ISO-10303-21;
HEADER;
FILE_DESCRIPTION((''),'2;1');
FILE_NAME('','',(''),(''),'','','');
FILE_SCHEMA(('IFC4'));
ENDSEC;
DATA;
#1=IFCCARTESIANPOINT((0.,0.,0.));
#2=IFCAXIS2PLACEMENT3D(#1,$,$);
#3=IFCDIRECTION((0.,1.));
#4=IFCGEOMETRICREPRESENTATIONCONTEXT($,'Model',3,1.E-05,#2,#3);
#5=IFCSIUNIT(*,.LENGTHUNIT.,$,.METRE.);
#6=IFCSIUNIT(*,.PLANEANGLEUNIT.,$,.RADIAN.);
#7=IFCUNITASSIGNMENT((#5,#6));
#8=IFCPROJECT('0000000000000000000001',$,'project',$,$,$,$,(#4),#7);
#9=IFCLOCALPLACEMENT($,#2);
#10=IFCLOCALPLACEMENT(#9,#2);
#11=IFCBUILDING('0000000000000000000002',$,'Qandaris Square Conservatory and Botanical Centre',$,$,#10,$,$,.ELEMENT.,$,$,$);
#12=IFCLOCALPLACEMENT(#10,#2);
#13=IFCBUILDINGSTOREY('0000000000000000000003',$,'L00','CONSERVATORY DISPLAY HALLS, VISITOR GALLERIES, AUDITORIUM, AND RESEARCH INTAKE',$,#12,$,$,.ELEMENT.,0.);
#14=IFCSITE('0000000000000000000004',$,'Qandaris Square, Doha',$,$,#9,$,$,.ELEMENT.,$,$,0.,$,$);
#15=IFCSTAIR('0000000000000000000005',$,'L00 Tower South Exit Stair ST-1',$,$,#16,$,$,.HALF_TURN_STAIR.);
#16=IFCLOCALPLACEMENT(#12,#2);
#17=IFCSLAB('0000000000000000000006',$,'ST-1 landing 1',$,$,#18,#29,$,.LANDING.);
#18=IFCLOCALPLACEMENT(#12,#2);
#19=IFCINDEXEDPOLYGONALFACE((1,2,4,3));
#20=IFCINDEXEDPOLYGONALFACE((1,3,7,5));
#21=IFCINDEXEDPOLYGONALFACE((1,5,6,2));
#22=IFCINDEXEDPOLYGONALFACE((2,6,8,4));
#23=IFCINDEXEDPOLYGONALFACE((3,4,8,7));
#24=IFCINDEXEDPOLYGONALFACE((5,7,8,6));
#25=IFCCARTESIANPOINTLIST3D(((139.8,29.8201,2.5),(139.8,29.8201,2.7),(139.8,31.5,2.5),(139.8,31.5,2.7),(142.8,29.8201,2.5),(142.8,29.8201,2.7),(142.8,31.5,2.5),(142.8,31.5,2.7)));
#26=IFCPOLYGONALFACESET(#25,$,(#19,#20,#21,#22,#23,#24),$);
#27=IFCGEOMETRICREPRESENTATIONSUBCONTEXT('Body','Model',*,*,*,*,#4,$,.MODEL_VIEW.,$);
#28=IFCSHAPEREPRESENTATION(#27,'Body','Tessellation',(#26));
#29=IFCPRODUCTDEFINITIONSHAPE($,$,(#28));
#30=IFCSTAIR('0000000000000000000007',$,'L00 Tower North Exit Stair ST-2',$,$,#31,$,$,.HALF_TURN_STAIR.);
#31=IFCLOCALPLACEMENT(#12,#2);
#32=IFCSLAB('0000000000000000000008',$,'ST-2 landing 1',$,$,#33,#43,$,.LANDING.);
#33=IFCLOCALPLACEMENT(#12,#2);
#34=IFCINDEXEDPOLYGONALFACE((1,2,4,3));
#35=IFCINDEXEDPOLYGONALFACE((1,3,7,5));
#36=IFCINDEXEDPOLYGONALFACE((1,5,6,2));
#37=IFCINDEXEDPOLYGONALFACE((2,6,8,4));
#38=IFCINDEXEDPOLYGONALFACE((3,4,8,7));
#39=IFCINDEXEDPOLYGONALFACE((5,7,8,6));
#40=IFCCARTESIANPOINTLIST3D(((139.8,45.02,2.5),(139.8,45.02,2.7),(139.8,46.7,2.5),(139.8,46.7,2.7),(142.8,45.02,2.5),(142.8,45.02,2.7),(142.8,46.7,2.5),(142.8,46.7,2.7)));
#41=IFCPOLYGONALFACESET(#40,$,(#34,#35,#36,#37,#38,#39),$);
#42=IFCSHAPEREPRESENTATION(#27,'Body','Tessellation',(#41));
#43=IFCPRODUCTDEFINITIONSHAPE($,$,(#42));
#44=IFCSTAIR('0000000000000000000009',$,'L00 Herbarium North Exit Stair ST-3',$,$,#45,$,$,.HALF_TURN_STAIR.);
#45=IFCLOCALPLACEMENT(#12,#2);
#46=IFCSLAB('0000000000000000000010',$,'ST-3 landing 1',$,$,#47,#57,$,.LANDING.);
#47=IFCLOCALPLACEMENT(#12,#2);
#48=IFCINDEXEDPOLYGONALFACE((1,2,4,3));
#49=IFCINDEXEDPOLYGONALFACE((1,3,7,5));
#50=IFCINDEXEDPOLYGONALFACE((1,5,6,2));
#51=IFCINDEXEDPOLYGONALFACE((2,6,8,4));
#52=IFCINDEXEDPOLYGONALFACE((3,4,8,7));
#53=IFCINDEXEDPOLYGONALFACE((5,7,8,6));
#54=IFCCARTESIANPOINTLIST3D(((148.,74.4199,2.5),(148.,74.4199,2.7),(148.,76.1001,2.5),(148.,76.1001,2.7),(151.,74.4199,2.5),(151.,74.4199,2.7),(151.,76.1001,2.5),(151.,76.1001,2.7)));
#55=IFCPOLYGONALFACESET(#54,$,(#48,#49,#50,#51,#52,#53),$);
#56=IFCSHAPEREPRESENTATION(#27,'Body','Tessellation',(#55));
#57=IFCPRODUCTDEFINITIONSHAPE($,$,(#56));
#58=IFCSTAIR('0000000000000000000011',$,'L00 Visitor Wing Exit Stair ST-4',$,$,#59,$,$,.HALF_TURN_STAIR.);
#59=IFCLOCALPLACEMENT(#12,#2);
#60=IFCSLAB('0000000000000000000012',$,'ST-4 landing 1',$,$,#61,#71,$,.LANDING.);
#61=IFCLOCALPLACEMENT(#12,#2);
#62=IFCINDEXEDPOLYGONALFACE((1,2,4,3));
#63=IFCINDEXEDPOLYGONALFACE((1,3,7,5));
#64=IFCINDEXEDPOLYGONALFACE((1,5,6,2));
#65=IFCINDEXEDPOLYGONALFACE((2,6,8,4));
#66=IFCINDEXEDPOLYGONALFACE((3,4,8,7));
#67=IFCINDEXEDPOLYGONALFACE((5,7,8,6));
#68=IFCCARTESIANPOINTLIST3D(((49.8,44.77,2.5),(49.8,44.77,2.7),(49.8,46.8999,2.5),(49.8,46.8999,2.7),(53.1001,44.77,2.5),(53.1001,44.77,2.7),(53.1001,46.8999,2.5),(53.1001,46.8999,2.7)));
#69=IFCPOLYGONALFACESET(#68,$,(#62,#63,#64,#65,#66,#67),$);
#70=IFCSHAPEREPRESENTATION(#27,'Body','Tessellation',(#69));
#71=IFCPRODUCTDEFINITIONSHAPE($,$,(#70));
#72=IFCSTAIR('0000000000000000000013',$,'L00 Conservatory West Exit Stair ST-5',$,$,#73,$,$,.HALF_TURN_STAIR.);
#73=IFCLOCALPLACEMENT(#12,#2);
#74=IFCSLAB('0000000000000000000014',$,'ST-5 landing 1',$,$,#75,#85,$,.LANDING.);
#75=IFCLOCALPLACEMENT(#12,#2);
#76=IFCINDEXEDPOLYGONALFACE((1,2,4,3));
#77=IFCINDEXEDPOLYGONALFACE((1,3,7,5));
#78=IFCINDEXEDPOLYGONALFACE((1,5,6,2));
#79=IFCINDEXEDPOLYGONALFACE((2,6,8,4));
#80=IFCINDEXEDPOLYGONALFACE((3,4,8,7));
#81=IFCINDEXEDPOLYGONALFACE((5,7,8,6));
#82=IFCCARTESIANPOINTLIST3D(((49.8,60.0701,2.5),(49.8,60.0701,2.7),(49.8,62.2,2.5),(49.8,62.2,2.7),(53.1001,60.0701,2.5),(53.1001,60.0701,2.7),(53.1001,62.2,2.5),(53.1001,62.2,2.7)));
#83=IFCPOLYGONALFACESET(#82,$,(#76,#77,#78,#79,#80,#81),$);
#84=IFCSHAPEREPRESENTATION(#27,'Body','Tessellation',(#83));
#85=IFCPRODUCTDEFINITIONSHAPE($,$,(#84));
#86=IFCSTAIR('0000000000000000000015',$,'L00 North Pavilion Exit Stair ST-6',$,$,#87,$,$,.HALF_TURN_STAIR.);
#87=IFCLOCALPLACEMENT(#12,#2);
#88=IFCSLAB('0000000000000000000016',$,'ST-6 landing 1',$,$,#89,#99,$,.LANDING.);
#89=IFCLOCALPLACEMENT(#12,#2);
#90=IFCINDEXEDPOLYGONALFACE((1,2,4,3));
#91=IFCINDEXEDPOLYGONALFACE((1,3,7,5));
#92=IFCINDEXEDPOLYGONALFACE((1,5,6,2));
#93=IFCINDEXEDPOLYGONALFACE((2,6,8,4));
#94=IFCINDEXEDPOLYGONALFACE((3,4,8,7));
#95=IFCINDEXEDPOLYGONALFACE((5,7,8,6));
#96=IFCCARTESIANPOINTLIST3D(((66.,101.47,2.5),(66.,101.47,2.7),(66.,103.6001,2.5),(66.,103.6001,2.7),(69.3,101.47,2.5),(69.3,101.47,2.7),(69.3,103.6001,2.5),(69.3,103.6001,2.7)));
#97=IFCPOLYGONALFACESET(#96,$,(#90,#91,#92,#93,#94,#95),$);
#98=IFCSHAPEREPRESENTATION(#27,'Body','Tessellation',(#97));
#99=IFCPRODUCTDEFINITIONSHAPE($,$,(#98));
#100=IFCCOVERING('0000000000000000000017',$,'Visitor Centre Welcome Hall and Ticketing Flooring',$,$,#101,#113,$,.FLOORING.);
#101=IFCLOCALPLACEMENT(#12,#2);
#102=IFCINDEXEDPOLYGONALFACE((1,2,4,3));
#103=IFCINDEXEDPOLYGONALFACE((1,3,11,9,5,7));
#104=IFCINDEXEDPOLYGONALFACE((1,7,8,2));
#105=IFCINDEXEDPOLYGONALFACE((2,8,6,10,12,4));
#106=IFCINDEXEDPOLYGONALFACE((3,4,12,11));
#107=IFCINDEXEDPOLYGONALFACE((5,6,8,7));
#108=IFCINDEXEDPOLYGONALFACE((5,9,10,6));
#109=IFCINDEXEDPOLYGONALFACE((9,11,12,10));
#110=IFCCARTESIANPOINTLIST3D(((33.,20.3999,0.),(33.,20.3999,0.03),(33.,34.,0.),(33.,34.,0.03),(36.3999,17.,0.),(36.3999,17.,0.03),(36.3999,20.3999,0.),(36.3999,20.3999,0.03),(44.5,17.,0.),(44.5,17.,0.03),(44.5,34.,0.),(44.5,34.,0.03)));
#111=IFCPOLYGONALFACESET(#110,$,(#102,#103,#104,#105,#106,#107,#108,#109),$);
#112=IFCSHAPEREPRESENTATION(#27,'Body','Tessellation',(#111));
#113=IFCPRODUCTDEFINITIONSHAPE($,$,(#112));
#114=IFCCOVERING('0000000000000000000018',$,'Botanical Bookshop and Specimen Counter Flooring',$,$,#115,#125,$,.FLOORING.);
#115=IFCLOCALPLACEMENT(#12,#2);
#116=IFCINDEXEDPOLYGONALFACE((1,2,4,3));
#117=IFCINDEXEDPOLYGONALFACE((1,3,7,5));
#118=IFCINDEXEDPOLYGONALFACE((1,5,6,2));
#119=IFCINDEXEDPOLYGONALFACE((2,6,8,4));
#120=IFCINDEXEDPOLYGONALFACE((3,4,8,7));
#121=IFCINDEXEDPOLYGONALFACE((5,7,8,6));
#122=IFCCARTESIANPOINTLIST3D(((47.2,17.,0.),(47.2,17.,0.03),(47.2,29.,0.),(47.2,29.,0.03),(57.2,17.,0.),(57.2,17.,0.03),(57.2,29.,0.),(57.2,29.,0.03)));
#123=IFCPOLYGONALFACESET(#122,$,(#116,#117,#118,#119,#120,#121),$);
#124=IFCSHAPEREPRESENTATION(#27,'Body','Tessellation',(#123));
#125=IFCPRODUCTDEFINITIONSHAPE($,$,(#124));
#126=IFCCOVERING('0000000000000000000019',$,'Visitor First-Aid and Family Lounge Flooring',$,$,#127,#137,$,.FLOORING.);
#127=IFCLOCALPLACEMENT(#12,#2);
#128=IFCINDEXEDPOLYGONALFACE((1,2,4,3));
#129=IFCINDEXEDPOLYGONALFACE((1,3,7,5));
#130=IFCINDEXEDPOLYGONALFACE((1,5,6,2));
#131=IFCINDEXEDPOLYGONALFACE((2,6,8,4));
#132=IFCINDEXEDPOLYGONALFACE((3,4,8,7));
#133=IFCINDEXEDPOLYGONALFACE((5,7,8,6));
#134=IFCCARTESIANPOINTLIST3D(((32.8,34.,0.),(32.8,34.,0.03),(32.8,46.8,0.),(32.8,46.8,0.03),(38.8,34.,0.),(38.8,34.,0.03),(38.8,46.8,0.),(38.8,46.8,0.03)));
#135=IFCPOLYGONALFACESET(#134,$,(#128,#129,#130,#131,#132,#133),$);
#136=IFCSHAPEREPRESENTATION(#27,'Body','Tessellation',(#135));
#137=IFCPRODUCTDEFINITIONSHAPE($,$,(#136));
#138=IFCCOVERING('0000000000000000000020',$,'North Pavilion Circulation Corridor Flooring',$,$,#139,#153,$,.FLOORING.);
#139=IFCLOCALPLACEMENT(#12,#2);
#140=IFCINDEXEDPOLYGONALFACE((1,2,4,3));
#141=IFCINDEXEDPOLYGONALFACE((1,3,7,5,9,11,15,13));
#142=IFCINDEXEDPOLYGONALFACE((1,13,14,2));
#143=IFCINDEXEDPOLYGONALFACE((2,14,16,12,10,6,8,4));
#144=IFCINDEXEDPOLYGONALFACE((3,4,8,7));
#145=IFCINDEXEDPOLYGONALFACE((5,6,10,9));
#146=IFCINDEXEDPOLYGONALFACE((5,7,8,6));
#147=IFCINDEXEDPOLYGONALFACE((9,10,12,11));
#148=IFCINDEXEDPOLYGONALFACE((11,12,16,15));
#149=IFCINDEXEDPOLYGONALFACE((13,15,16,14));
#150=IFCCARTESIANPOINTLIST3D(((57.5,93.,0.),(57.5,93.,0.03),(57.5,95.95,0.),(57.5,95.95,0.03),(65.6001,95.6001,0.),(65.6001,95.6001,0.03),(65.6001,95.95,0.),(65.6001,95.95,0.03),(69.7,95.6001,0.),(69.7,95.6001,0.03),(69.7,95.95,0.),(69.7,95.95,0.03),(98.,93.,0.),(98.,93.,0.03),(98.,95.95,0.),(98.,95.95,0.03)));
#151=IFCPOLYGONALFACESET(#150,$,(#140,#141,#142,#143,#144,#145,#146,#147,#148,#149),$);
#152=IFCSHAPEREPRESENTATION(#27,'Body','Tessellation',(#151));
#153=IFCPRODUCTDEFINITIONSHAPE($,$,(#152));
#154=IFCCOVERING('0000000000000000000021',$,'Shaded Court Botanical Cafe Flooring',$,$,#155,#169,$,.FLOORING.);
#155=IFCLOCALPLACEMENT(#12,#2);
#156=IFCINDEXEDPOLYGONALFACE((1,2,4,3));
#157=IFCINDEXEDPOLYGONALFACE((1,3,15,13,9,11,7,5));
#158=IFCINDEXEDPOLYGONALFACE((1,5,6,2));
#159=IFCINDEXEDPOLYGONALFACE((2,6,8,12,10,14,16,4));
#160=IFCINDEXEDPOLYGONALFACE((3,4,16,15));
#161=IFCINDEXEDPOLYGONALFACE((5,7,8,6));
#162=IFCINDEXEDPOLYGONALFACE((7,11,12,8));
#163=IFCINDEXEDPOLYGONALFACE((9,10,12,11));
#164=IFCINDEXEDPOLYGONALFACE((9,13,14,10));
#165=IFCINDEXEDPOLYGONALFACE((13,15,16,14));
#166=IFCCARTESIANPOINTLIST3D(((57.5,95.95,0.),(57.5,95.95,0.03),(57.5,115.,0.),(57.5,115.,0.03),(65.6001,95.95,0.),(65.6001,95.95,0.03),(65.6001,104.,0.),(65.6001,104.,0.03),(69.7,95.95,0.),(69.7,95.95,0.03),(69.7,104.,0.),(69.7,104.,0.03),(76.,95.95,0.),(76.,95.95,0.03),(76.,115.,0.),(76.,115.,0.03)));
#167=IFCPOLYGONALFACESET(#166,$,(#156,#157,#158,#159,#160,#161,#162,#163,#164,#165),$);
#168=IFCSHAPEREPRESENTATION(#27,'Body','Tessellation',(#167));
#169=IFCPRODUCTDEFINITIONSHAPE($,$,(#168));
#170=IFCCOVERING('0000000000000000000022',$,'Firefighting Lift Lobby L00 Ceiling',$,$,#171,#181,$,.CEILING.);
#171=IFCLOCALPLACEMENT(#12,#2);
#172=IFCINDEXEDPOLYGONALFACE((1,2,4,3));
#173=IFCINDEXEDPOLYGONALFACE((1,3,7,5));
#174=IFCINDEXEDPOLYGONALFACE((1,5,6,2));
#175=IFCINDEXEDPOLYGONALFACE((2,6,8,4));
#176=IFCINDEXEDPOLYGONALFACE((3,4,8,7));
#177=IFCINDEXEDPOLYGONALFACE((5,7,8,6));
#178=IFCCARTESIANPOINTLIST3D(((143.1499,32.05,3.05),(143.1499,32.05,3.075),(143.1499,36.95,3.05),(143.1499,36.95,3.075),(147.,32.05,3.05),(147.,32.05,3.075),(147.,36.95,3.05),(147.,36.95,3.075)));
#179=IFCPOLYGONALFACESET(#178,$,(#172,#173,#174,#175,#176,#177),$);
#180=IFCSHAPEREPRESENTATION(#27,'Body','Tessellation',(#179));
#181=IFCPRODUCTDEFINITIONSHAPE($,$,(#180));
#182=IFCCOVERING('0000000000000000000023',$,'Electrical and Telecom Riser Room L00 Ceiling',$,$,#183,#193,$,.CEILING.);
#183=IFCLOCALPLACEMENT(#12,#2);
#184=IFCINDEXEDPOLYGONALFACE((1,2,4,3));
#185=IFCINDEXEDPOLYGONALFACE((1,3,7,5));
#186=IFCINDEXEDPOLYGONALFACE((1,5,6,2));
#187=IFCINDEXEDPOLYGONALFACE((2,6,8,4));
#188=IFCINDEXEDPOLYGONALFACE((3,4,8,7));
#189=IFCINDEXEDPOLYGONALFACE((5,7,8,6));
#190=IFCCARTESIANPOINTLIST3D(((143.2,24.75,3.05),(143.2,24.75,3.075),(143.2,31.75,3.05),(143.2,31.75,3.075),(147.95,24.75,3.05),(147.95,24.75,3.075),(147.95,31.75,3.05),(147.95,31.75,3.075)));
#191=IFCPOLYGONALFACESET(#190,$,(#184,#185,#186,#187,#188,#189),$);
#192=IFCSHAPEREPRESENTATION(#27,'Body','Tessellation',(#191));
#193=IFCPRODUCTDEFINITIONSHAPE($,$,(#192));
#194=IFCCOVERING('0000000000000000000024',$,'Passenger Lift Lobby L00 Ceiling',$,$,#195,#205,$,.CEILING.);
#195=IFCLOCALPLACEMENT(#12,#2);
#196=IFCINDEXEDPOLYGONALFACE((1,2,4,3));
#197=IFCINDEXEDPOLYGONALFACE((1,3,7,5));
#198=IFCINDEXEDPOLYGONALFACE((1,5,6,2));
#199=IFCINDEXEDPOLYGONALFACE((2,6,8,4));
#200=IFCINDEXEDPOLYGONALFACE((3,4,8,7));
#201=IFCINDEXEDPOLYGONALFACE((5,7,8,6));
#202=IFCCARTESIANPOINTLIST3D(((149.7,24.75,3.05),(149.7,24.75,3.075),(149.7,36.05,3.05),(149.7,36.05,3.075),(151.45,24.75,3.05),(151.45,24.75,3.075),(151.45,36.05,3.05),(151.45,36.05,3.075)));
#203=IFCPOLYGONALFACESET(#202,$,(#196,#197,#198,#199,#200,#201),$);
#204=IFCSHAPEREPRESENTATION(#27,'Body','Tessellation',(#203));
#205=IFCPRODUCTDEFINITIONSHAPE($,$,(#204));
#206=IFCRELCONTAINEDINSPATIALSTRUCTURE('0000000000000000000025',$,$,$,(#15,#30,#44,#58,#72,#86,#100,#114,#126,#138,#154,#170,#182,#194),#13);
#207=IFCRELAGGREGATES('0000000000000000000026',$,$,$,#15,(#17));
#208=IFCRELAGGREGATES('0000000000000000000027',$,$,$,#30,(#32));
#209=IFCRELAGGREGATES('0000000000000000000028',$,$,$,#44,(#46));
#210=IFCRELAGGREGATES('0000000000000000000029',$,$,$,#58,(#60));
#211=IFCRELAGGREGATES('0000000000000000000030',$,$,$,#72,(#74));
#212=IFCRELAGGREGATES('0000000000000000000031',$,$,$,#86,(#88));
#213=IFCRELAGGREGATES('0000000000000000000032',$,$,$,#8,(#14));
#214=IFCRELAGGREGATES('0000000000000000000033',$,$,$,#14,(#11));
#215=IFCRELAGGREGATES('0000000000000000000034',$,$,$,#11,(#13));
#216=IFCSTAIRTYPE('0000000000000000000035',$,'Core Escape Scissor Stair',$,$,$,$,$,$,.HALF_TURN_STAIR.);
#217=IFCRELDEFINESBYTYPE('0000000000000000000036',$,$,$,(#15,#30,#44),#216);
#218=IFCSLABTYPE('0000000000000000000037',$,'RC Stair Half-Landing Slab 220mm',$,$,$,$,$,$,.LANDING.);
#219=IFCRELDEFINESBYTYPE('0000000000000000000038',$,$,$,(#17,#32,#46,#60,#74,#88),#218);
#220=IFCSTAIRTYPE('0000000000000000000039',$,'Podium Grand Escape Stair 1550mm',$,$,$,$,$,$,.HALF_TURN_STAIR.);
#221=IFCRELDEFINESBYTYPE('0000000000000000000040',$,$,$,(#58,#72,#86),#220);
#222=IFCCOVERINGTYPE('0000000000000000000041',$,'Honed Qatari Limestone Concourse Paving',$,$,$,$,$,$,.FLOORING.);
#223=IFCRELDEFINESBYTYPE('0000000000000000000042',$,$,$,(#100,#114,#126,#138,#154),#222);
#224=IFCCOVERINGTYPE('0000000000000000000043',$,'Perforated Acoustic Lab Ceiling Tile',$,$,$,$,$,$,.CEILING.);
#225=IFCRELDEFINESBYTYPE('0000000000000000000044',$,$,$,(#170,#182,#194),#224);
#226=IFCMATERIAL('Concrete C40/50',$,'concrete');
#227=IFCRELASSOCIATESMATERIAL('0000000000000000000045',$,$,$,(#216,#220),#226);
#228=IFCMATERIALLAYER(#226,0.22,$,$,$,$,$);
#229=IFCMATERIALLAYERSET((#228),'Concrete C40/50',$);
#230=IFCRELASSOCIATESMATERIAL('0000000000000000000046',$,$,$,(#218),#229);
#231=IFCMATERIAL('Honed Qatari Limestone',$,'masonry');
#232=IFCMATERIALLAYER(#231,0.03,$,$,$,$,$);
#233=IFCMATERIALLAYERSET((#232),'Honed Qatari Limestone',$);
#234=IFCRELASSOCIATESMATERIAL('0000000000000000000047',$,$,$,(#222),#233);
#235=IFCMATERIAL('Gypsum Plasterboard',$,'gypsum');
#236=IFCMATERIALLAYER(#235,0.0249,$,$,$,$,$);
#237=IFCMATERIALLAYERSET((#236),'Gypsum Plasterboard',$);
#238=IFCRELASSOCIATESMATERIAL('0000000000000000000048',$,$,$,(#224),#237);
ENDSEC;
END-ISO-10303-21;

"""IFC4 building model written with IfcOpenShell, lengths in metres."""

from ifc_helpers import new_model, si_unit, direction, frame, origin, place, context, subcontext, project, spatial, polyline, outline, extrude, material, layer, layer_set, type_object, element, aggregate, save


model = new_model("IFC4")

# Units and contexts
model_context = context("Model", 3, precision=1e-05, world=origin(), true_north=direction((0.0, 1.0)))
body_context = subcontext(model_context, "Body", "Model", "MODEL_VIEW")
ifc_project = project(units=[si_unit("LENGTHUNIT", "METRE"), si_unit("PLANEANGLEUNIT", "RADIAN")], contexts=[model_context])

# Site, building, storey
site_placement = place(None, origin())
site = spatial("IfcSite", under=ifc_project, at=site_placement, Name="Qandaris Square, Doha", CompositionType="ELEMENT", RefElevation=0.0)
building_placement = place(site_placement, origin())
building = spatial("IfcBuilding", under=site, at=building_placement, Name="Qandaris Square Conservatory and Botanical Centre", CompositionType="ELEMENT")
storey_placement = place(building_placement, origin())
storey = spatial("IfcBuildingStorey", under=building, at=storey_placement, Name="L00", Description="CONSERVATORY DISPLAY HALLS, VISITOR GALLERIES, AUDITORIUM, AND RESEARCH INTAKE", CompositionType="ELEMENT", Elevation=0.0)

# Stairs, slabs
ifc_material_1 = material(Name="Concrete C40/50", Category="concrete")
stair_type_1 = type_object("IfcStairType", Name="Core Escape Scissor Stair", PredefinedType="HALF_TURN_STAIR", material=ifc_material_1)
stair_1_placement = place(storey_placement, origin())
stair_1 = element("IfcStair", 1, at=stair_1_placement, inside=storey, type_object=stair_type_1, Name="L00 Tower South Exit Stair ST-1", PredefinedType="HALF_TURN_STAIR")
ifc_layer_1 = layer(ifc_material_1, 0.22)
ifc_layer_set_1 = layer_set([ifc_layer_1], Name="Concrete C40/50")
slab_type = type_object("IfcSlabType", Name="RC Stair Half-Landing Slab 220mm", PredefinedType="LANDING", material=ifc_layer_set_1)
slab_1_placement = place(storey_placement, frame((0.0, 0.0, 2.5)))
slab_1 = element("IfcSlab", 2, at=slab_1_placement, type_object=slab_type, Name="ST-1 landing 1", PredefinedType="LANDING", context=body_context, shape_type="SweptSolid", body=[
    extrude(outline(polyline([(142.8, 29.8201), (142.8, 31.5), (139.8, 31.5), (139.8, 29.8201), (142.8, 29.8201)])), origin(), (0.0, 0.0, 1.0), 0.2),
])
aggregate(stair_1, [slab_1])
stair_2_placement = place(storey_placement, origin())
stair_2 = element("IfcStair", 3, at=stair_2_placement, inside=storey, type_object=stair_type_1, Name="L00 Tower North Exit Stair ST-2", PredefinedType="HALF_TURN_STAIR")
slab_2_placement = place(storey_placement, frame((0.0, 0.0, 2.5)))
slab_2 = element("IfcSlab", 4, at=slab_2_placement, type_object=slab_type, Name="ST-2 landing 1", PredefinedType="LANDING", context=body_context, shape_type="SweptSolid", body=[
    extrude(outline(polyline([(142.8, 45.02), (142.8, 46.7), (139.8, 46.7), (139.8, 45.02), (142.8, 45.02)])), origin(), (0.0, 0.0, 1.0), 0.2),
])
aggregate(stair_2, [slab_2])
stair_3_placement = place(storey_placement, origin())
stair_3 = element("IfcStair", 5, at=stair_3_placement, inside=storey, type_object=stair_type_1, Name="L00 Herbarium North Exit Stair ST-3", PredefinedType="HALF_TURN_STAIR")
slab_3_placement = place(storey_placement, frame((0.0, 0.0, 2.5)))
slab_3 = element("IfcSlab", 6, at=slab_3_placement, type_object=slab_type, Name="ST-3 landing 1", PredefinedType="LANDING", context=body_context, shape_type="SweptSolid", body=[
    extrude(outline(polyline([(151.0, 74.4199), (151.0, 76.1001), (148.0, 76.1001), (148.0, 74.4199), (151.0, 74.4199)])), origin(), (0.0, 0.0, 1.0), 0.2),
])
aggregate(stair_3, [slab_3])
stair_type_2 = type_object("IfcStairType", Name="Podium Grand Escape Stair 1550mm", PredefinedType="HALF_TURN_STAIR", material=ifc_material_1)
stair_4_placement = place(storey_placement, origin())
stair_4 = element("IfcStair", 7, at=stair_4_placement, inside=storey, type_object=stair_type_2, Name="L00 Visitor Wing Exit Stair ST-4", PredefinedType="HALF_TURN_STAIR")
slab_4_placement = place(storey_placement, frame((0.0, 0.0, 2.5)))
slab_4 = element("IfcSlab", 8, at=slab_4_placement, type_object=slab_type, Name="ST-4 landing 1", PredefinedType="LANDING", context=body_context, shape_type="SweptSolid", body=[
    extrude(outline(polyline([(53.1001, 44.77), (53.1001, 46.8999), (49.8, 46.8999), (49.8, 44.77), (53.1001, 44.77)])), origin(), (0.0, 0.0, 1.0), 0.2),
])
aggregate(stair_4, [slab_4])
stair_5_placement = place(storey_placement, origin())
stair_5 = element("IfcStair", 9, at=stair_5_placement, inside=storey, type_object=stair_type_2, Name="L00 Conservatory West Exit Stair ST-5", PredefinedType="HALF_TURN_STAIR")
slab_5_placement = place(storey_placement, frame((0.0, 0.0, 2.5)))
slab_5 = element("IfcSlab", 10, at=slab_5_placement, type_object=slab_type, Name="ST-5 landing 1", PredefinedType="LANDING", context=body_context, shape_type="SweptSolid", body=[
    extrude(outline(polyline([(53.1001, 60.0701), (53.1001, 62.2), (49.8, 62.2), (49.8, 60.0701), (53.1001, 60.0701)])), origin(), (0.0, 0.0, 1.0), 0.2),
])
aggregate(stair_5, [slab_5])
stair_6_placement = place(storey_placement, origin())
stair_6 = element("IfcStair", 11, at=stair_6_placement, inside=storey, type_object=stair_type_2, Name="L00 North Pavilion Exit Stair ST-6", PredefinedType="HALF_TURN_STAIR")
slab_6_placement = place(storey_placement, frame((0.0, 0.0, 2.5)))
slab_6 = element("IfcSlab", 12, at=slab_6_placement, type_object=slab_type, Name="ST-6 landing 1", PredefinedType="LANDING", context=body_context, shape_type="SweptSolid", body=[
    extrude(outline(polyline([(69.3, 101.47), (69.3, 103.6001), (66.0, 103.6001), (66.0, 101.47), (69.3, 101.47)])), origin(), (0.0, 0.0, 1.0), 0.2),
])
aggregate(stair_6, [slab_6])

# Coverings
ifc_material_2 = material(Name="Honed Qatari Limestone", Category="masonry")
ifc_layer_2 = layer(ifc_material_2, 0.03)
ifc_layer_set_2 = layer_set([ifc_layer_2], Name="Honed Qatari Limestone")
covering_type_1 = type_object("IfcCoveringType", Name="Honed Qatari Limestone Concourse Paving", PredefinedType="FLOORING", material=ifc_layer_set_2)
covering_1_placement = place(storey_placement, origin())
element("IfcCovering", 13, at=covering_1_placement, inside=storey, type_object=covering_type_1, Name="Visitor Centre Welcome Hall and Ticketing Flooring", PredefinedType="FLOORING", context=body_context, shape_type="SweptSolid", body=[
    extrude(outline(polyline([(44.5, 17.0), (36.3999, 17.0), (36.3999, 20.3999), (33.0, 20.3999), (33.0, 34.0), (44.5, 34.0), (44.5, 17.0)])), origin(), (0.0, 0.0, 1.0), 0.03),
])
covering_2_placement = place(storey_placement, origin())
element("IfcCovering", 14, at=covering_2_placement, inside=storey, type_object=covering_type_1, Name="Botanical Bookshop and Specimen Counter Flooring", PredefinedType="FLOORING", context=body_context, shape_type="SweptSolid", body=[
    extrude(outline(polyline([(47.2, 29.0), (57.2, 29.0), (57.2, 17.0), (47.2, 17.0), (47.2, 29.0)])), origin(), (0.0, 0.0, 1.0), 0.03),
])
covering_3_placement = place(storey_placement, origin())
element("IfcCovering", 15, at=covering_3_placement, inside=storey, type_object=covering_type_1, Name="Visitor First-Aid and Family Lounge Flooring", PredefinedType="FLOORING", context=body_context, shape_type="SweptSolid", body=[
    extrude(outline(polyline([(32.8, 46.8), (38.8, 46.8), (38.8, 34.0), (32.8, 34.0), (32.8, 46.8)])), origin(), (0.0, 0.0, 1.0), 0.03),
])
covering_4_placement = place(storey_placement, origin())
element("IfcCovering", 16, at=covering_4_placement, inside=storey, type_object=covering_type_1, Name="North Pavilion Circulation Corridor Flooring", PredefinedType="FLOORING", context=body_context, shape_type="SweptSolid", body=[
    extrude(outline(polyline([(98.0, 93.0), (57.5, 93.0), (57.5, 95.95), (65.6001, 95.95), (65.6001, 95.6001), (69.7, 95.6001), (69.7, 95.95), (98.0, 95.95), (98.0, 93.0)])), origin(), (0.0, 0.0, 1.0), 0.03),
])
covering_5_placement = place(storey_placement, origin())
element("IfcCovering", 17, at=covering_5_placement, inside=storey, type_object=covering_type_1, Name="Shaded Court Botanical Cafe Flooring", PredefinedType="FLOORING", context=body_context, shape_type="SweptSolid", body=[
    extrude(outline(polyline([(57.5, 115.0), (76.0, 115.0), (76.0, 95.95), (69.7, 95.95), (69.7, 104.0), (65.6001, 104.0), (65.6001, 95.95), (57.5, 95.95), (57.5, 115.0)])), origin(), (0.0, 0.0, 1.0), 0.03),
])
ifc_material_3 = material(Name="Gypsum Plasterboard", Category="gypsum")
ifc_layer_3 = layer(ifc_material_3, 0.0249)
ifc_layer_set_3 = layer_set([ifc_layer_3], Name="Gypsum Plasterboard")
covering_type_2 = type_object("IfcCoveringType", Name="Perforated Acoustic Lab Ceiling Tile", PredefinedType="CEILING", material=ifc_layer_set_3)
covering_6_placement = place(storey_placement, frame((0.0, 0.0, 3.05)))
element("IfcCovering", 18, at=covering_6_placement, inside=storey, type_object=covering_type_2, Name="Firefighting Lift Lobby L00 Ceiling", PredefinedType="CEILING", context=body_context, shape_type="SweptSolid", body=[
    extrude(outline(polyline([(143.1499, 36.95), (147.0, 36.95), (147.0, 32.05), (143.1499, 32.05), (143.1499, 36.95)])), origin(), (0.0, 0.0, 1.0), 0.0249),
])
covering_7_placement = place(storey_placement, frame((0.0, 0.0, 3.05)))
element("IfcCovering", 19, at=covering_7_placement, inside=storey, type_object=covering_type_2, Name="Electrical and Telecom Riser Room L00 Ceiling", PredefinedType="CEILING", context=body_context, shape_type="SweptSolid", body=[
    extrude(outline(polyline([(147.95, 31.75), (147.95, 24.75), (143.2, 24.75), (143.2, 31.75), (147.95, 31.75)])), origin(), (0.0, 0.0, 1.0), 0.0249),
])
covering_8_placement = place(storey_placement, frame((0.0, 0.0, 3.05)))
element("IfcCovering", 20, at=covering_8_placement, inside=storey, type_object=covering_type_2, Name="Passenger Lift Lobby L00 Ceiling", PredefinedType="CEILING", context=body_context, shape_type="SweptSolid", body=[
    extrude(outline(polyline([(149.7, 36.05), (151.45, 36.05), (151.45, 24.75), (149.7, 24.75), (149.7, 36.05)])), origin(), (0.0, 0.0, 1.0), 0.0249),
])

save(model, "model.ifc")
